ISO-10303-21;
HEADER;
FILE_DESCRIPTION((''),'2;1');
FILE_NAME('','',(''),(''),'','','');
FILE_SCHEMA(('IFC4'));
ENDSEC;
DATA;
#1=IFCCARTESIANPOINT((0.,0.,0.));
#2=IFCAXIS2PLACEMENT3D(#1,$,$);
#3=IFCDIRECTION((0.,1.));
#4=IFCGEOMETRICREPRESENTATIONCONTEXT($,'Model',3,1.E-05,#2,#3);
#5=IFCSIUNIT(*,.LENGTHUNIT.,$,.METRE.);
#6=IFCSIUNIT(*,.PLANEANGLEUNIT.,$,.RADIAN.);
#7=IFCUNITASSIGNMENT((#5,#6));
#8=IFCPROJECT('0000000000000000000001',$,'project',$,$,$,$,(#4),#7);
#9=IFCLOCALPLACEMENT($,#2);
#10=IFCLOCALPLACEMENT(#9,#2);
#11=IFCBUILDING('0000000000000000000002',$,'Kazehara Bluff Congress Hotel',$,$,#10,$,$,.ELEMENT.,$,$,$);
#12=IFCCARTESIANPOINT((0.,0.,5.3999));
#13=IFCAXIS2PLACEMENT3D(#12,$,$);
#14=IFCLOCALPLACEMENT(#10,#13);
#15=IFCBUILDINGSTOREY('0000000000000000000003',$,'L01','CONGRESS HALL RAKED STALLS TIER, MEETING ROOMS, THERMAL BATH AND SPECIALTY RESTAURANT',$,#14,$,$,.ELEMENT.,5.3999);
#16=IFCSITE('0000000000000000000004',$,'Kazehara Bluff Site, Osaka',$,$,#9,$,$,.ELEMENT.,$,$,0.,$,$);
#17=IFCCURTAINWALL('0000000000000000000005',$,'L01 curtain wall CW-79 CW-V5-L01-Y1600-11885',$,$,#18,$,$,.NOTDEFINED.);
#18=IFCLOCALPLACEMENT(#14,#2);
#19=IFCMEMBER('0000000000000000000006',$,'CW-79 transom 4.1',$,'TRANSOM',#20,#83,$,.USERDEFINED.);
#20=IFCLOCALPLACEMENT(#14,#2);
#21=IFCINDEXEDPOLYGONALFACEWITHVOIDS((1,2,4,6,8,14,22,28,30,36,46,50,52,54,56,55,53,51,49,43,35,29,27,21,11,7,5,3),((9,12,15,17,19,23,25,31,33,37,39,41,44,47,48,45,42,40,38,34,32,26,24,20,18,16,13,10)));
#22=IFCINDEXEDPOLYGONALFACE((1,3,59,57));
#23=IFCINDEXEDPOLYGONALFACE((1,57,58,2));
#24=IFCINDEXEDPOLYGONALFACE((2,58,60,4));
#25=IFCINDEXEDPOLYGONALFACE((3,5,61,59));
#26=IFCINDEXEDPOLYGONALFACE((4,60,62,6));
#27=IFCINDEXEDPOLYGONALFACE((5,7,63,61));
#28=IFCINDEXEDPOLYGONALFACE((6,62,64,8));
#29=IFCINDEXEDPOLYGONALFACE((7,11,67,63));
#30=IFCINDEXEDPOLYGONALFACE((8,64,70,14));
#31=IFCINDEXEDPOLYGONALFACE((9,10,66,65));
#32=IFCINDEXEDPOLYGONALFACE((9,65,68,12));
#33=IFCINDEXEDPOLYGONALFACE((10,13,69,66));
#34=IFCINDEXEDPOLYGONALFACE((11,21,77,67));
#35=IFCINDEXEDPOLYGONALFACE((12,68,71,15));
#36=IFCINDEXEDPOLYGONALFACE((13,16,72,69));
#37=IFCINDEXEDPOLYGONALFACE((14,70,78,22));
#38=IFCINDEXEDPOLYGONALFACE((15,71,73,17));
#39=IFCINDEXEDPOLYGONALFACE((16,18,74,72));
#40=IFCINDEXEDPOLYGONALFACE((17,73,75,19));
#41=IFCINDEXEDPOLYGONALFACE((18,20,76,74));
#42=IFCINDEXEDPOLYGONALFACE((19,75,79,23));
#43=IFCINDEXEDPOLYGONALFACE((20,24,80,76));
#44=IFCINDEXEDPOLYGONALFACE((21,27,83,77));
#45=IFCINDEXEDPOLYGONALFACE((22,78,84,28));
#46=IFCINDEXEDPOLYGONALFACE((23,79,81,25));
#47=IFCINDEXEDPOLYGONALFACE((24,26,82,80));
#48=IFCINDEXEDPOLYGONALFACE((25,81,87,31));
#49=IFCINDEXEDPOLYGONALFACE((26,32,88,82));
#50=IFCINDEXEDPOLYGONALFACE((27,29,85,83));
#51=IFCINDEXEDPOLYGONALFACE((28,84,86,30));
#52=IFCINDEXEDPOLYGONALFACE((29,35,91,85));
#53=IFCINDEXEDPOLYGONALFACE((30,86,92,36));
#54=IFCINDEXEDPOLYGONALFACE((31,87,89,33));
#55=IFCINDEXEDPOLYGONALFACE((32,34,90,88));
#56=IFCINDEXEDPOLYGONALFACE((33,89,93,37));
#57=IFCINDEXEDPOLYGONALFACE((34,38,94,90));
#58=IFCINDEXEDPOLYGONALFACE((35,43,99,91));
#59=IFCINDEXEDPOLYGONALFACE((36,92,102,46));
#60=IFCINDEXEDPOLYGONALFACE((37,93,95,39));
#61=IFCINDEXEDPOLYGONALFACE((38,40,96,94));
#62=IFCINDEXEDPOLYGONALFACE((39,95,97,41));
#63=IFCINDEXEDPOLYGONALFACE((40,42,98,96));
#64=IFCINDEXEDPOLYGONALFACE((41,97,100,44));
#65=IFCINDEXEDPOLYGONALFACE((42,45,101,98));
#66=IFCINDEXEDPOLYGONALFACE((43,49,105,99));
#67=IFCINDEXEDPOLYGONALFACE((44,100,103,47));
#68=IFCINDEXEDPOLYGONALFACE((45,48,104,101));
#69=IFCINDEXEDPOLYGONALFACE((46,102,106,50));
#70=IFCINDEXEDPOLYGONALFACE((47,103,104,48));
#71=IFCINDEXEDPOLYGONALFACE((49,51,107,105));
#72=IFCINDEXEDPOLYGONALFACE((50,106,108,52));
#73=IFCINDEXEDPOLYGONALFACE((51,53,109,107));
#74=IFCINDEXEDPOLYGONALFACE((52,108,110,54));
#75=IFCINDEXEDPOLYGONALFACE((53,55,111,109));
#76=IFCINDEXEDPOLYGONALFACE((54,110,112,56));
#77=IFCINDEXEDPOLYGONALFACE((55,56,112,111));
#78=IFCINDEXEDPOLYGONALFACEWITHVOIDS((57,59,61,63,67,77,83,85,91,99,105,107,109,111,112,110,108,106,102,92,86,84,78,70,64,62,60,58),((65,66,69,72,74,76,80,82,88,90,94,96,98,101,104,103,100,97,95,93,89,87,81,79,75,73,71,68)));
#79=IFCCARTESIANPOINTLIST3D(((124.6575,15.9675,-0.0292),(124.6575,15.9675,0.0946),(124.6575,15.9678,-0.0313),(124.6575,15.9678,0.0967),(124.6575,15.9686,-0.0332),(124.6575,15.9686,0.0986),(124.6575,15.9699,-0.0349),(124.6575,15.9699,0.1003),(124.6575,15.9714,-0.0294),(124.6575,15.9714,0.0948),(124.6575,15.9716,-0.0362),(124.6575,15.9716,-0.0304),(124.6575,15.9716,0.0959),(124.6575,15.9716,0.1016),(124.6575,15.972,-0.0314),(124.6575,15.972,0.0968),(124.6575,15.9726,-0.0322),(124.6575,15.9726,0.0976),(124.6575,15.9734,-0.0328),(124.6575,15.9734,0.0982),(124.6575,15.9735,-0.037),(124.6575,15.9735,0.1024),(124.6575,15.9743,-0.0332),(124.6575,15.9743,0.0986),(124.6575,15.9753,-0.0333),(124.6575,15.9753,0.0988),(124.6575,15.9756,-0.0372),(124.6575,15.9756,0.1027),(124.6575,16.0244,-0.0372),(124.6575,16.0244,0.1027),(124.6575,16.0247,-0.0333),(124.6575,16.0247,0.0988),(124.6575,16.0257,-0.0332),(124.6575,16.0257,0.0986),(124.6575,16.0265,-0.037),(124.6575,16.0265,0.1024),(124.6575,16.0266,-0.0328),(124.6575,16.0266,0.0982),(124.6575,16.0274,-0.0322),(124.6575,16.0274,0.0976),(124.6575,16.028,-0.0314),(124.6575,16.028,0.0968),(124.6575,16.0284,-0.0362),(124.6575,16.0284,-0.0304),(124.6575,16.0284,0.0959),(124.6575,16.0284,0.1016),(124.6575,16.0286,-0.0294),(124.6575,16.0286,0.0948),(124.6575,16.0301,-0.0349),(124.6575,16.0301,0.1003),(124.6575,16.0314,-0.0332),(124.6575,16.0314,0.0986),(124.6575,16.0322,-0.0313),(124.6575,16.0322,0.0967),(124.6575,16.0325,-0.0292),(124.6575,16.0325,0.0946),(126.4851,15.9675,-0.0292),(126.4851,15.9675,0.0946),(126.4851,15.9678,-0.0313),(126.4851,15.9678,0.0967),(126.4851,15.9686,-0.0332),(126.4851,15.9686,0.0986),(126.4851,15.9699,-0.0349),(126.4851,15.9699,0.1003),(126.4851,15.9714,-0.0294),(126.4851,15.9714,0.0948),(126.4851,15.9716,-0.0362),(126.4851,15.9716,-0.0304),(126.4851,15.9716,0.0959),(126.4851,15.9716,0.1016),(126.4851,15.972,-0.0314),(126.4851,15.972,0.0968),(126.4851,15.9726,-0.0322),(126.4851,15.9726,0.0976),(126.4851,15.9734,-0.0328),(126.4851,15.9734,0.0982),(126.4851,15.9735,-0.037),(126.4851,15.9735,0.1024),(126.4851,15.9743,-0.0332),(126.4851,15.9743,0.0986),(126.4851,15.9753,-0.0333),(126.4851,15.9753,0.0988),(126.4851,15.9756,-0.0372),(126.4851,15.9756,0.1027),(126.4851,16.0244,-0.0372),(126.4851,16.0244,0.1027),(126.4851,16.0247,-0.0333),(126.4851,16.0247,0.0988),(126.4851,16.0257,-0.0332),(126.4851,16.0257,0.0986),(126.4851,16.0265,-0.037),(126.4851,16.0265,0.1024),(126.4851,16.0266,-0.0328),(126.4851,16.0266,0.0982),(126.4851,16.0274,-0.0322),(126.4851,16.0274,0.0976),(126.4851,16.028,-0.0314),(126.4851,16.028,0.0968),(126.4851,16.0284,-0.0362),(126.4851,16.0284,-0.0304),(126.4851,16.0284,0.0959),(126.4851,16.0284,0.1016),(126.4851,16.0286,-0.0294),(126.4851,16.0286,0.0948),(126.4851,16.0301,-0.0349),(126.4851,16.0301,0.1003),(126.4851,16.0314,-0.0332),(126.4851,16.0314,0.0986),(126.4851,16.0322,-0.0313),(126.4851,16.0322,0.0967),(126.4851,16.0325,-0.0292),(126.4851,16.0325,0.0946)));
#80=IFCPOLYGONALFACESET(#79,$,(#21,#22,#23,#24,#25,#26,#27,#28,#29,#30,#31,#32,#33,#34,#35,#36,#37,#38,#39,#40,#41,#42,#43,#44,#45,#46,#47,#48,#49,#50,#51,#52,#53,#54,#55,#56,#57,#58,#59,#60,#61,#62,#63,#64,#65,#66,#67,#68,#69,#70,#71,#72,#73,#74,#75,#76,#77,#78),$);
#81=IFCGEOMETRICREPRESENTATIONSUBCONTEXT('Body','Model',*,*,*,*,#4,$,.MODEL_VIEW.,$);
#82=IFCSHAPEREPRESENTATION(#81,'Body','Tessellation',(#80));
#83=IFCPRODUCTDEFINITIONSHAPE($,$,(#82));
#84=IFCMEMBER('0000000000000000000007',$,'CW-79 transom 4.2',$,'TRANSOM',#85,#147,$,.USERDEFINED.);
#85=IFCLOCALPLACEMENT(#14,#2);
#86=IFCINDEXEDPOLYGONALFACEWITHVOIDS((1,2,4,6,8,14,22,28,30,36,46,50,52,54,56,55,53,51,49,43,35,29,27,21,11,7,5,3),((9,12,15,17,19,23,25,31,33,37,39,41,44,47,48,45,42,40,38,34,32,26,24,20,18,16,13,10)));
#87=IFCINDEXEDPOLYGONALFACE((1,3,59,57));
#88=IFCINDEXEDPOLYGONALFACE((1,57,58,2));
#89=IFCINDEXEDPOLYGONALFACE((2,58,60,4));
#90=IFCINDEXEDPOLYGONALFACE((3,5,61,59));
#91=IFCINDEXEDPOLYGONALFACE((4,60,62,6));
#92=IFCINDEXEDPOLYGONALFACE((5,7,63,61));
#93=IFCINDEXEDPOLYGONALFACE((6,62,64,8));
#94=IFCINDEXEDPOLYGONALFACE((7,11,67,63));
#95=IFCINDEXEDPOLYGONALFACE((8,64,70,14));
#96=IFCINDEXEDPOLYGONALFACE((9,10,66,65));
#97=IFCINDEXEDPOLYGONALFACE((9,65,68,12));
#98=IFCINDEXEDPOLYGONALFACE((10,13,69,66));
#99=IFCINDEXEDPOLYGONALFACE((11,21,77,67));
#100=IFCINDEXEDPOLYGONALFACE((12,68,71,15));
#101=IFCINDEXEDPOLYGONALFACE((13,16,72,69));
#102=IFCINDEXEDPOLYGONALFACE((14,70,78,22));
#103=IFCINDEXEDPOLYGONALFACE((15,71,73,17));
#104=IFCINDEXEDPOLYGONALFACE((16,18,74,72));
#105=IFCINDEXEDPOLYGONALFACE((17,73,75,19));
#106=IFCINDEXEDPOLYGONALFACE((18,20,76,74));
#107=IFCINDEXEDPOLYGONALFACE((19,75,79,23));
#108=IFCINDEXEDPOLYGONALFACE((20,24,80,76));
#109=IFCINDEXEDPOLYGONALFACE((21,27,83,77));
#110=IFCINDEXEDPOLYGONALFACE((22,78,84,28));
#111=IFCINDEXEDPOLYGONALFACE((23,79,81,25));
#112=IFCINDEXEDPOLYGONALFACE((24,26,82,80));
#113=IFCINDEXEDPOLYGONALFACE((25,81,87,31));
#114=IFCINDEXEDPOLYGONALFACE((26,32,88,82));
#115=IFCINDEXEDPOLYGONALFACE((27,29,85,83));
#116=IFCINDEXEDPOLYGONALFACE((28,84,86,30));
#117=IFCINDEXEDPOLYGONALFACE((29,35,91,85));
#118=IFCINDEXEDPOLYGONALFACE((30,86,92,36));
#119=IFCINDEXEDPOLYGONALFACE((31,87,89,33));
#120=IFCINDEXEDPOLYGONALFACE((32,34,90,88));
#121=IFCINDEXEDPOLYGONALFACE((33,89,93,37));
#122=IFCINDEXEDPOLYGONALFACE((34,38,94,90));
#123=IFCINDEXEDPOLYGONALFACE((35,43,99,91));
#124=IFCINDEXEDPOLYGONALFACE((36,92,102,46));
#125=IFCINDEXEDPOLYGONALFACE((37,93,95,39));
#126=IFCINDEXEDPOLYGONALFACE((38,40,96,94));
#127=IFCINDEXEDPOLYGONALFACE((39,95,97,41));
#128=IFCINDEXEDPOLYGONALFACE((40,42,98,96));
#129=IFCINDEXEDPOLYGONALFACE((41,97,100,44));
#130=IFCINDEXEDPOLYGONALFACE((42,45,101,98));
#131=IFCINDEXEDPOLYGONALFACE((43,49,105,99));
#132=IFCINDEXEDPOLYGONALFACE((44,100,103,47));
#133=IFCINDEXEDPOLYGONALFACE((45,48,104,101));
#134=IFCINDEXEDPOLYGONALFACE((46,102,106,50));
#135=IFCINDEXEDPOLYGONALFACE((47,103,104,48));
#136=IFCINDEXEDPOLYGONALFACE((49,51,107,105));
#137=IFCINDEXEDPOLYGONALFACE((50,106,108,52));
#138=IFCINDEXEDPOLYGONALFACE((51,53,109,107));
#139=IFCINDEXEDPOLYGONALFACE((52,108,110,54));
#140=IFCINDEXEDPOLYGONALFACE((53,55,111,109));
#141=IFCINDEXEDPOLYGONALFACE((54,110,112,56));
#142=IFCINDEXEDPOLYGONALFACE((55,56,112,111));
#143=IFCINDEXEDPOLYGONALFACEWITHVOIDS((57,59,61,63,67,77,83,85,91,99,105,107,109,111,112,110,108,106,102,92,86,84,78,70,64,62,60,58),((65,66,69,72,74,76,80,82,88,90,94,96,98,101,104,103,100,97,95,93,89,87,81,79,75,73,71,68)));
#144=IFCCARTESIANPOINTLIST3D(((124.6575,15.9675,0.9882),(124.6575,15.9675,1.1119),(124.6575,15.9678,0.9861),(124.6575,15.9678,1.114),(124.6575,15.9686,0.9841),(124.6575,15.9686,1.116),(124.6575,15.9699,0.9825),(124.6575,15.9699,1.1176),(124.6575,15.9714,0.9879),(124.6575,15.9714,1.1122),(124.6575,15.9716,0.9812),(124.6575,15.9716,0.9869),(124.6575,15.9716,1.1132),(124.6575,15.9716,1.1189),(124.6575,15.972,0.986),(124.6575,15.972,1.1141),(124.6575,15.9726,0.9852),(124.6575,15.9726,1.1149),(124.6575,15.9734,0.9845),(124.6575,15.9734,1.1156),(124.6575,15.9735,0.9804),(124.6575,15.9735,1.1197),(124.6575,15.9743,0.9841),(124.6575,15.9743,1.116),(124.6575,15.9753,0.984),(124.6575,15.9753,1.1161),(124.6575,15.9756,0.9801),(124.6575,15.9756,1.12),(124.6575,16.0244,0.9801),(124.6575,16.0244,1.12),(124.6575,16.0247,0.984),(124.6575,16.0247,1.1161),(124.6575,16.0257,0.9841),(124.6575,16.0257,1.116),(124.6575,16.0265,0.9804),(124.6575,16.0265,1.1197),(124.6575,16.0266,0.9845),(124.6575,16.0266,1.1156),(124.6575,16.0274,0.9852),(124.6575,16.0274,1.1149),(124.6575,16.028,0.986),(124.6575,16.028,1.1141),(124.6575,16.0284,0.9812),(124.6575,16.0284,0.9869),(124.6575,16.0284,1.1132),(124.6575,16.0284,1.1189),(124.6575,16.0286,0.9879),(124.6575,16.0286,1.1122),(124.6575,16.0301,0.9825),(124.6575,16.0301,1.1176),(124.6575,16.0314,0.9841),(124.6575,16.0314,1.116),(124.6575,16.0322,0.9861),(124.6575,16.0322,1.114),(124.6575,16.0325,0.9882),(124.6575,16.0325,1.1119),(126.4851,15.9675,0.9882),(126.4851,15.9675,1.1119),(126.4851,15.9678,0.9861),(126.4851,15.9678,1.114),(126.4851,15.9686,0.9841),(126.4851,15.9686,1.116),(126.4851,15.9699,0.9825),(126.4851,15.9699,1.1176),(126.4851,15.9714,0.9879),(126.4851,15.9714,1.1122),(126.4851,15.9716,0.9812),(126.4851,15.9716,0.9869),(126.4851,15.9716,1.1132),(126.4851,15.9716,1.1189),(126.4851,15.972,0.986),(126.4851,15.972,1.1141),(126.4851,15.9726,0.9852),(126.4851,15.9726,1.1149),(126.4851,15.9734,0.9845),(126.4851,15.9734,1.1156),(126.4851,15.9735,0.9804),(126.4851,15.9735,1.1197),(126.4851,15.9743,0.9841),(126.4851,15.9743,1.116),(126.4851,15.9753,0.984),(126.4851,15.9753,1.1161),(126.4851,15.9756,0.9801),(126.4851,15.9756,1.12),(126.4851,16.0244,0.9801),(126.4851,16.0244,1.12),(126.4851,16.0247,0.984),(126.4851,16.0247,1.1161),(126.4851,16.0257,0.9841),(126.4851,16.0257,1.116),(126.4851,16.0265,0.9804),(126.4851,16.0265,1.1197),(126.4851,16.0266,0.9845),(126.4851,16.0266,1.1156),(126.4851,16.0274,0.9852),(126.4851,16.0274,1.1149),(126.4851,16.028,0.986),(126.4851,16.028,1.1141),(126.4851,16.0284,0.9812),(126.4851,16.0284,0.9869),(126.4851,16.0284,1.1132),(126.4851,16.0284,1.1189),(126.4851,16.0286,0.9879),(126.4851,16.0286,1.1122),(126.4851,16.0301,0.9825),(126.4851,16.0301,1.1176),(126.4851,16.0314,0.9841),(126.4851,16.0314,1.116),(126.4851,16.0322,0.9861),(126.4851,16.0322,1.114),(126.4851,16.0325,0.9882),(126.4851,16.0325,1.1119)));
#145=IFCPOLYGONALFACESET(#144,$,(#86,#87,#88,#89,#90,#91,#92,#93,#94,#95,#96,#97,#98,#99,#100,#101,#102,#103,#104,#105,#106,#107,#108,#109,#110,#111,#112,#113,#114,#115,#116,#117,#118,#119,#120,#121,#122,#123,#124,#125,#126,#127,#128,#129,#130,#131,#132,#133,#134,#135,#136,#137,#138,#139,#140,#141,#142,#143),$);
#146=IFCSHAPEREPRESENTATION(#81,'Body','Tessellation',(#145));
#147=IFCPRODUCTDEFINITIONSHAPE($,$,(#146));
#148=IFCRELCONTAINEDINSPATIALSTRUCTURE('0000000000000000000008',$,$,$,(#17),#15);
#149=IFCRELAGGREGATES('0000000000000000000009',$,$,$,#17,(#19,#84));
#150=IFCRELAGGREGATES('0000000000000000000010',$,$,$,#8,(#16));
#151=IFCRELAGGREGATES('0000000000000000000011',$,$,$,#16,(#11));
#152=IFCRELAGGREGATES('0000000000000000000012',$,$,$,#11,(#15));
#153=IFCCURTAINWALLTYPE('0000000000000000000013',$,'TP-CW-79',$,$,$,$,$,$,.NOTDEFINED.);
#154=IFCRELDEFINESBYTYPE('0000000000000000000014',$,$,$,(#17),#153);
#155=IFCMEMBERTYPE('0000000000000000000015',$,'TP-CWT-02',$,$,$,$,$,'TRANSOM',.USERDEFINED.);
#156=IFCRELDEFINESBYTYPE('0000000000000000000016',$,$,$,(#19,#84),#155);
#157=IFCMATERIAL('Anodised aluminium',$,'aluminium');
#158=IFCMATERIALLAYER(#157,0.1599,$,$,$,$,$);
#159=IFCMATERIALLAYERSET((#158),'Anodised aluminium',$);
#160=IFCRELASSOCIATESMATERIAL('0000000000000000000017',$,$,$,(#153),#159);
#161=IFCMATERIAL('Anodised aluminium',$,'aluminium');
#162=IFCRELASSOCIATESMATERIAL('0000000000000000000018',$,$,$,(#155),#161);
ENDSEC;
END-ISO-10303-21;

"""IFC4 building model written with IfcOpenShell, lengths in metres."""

from ifc_helpers import new_model, si_unit, direction, frame, origin, origin_2d, place, context, subcontext, project, spatial, hollow_rectangle, extrude, material, layer, layer_set, material_profile, profile_set, type_object, element, aggregate, save


model = new_model("IFC4")

# Units and contexts
model_context = context("Model", 3, precision=1e-05, world=origin(), true_north=direction((0.0, 1.0)))
body_context = subcontext(model_context, "Body", "Model", "MODEL_VIEW")
ifc_project = project(units=[si_unit("LENGTHUNIT", "METRE"), si_unit("PLANEANGLEUNIT", "RADIAN")], contexts=[model_context])

# Site, building, storey
site_placement = place(None, origin())
site = spatial("IfcSite", under=ifc_project, at=site_placement, Name="Kazehara Bluff Site, Osaka", CompositionType="ELEMENT", RefElevation=0.0)
building_placement = place(site_placement, origin())
building = spatial("IfcBuilding", under=site, at=building_placement, Name="Kazehara Bluff Congress Hotel", CompositionType="ELEMENT")
storey_placement = place(building_placement, frame((0.0, 0.0, 5.3999)))
storey = spatial("IfcBuildingStorey", under=building, at=storey_placement, Name="L01", Description="CONGRESS HALL RAKED STALLS TIER, MEETING ROOMS, THERMAL BATH AND SPECIALTY RESTAURANT", CompositionType="ELEMENT", Elevation=5.3999)

# Curtain wall, members
ifc_material_1 = material(Name="Anodised aluminium", Category="aluminium")
ifc_layer_1 = layer(ifc_material_1, 0.1599)
ifc_layer_set_1 = layer_set([ifc_layer_1], Name="Anodised aluminium")
curtain_wall_type = type_object("IfcCurtainWallType", Name="TP-CW-79", PredefinedType="NOTDEFINED", material=ifc_layer_set_1)
curtain_wall_placement = place(storey_placement, origin())
curtain_wall = element("IfcCurtainWall", 1, at=curtain_wall_placement, inside=storey, type_object=curtain_wall_type, Name="L01 curtain wall CW-79 CW-V5-L01-Y1600-11885", PredefinedType="NOTDEFINED")
ifc_material_2 = material(Name="Anodised aluminium", Category="aluminium")
ifc_material_profile_1 = material_profile(ifc_material_2, hollow_rectangle(XDim=0.0649, YDim=0.1399, WallThickness=0.0039, InnerFilletRadius=0.0039, OuterFilletRadius=0.0081, at=origin_2d()))
ifc_profile_set_1 = profile_set([ifc_material_profile_1], Name="Anodised aluminium")
member_type_1 = type_object("IfcMemberType", Name="TP-CWT-02", ElementType="TRANSOM", PredefinedType="USERDEFINED", material=ifc_profile_set_1)
member_1_placement = place(storey_placement, frame((124.6575, 16.0, 0.0327), z_axis=(1.0, 0.0, 0.0), x_axis=(0.0, 1.0, 0.0)))
member_1 = element("IfcMember", 2, at=member_1_placement, type_object=member_type_1, Name="CW-79 transom 4.1", ObjectType="TRANSOM", PredefinedType="USERDEFINED", context=body_context, shape_type="SweptSolid", body=[
    extrude(hollow_rectangle(XDim=0.0649, YDim=0.1399, WallThickness=0.0039, InnerFilletRadius=0.0039, OuterFilletRadius=0.0081, at=origin_2d()), origin(), (0.0, 0.0, 1.0), 1.8276),
])
member_2_placement = place(storey_placement, frame((124.6575, 16.0, 1.05), z_axis=(1.0, 0.0, 0.0), x_axis=(0.0, 1.0, 0.0)))
member_2 = element("IfcMember", 3, at=member_2_placement, type_object=member_type_1, Name="CW-79 transom 4.2", ObjectType="TRANSOM", PredefinedType="USERDEFINED", context=body_context, shape_type="SweptSolid", body=[
    extrude(hollow_rectangle(XDim=0.0649, YDim=0.1399, WallThickness=0.0039, InnerFilletRadius=0.0039, OuterFilletRadius=0.0081, at=origin_2d()), origin(), (0.0, 0.0, 1.0), 1.8276),
])
aggregate(curtain_wall, [member_1, member_2])

save(model, "model.ifc")
